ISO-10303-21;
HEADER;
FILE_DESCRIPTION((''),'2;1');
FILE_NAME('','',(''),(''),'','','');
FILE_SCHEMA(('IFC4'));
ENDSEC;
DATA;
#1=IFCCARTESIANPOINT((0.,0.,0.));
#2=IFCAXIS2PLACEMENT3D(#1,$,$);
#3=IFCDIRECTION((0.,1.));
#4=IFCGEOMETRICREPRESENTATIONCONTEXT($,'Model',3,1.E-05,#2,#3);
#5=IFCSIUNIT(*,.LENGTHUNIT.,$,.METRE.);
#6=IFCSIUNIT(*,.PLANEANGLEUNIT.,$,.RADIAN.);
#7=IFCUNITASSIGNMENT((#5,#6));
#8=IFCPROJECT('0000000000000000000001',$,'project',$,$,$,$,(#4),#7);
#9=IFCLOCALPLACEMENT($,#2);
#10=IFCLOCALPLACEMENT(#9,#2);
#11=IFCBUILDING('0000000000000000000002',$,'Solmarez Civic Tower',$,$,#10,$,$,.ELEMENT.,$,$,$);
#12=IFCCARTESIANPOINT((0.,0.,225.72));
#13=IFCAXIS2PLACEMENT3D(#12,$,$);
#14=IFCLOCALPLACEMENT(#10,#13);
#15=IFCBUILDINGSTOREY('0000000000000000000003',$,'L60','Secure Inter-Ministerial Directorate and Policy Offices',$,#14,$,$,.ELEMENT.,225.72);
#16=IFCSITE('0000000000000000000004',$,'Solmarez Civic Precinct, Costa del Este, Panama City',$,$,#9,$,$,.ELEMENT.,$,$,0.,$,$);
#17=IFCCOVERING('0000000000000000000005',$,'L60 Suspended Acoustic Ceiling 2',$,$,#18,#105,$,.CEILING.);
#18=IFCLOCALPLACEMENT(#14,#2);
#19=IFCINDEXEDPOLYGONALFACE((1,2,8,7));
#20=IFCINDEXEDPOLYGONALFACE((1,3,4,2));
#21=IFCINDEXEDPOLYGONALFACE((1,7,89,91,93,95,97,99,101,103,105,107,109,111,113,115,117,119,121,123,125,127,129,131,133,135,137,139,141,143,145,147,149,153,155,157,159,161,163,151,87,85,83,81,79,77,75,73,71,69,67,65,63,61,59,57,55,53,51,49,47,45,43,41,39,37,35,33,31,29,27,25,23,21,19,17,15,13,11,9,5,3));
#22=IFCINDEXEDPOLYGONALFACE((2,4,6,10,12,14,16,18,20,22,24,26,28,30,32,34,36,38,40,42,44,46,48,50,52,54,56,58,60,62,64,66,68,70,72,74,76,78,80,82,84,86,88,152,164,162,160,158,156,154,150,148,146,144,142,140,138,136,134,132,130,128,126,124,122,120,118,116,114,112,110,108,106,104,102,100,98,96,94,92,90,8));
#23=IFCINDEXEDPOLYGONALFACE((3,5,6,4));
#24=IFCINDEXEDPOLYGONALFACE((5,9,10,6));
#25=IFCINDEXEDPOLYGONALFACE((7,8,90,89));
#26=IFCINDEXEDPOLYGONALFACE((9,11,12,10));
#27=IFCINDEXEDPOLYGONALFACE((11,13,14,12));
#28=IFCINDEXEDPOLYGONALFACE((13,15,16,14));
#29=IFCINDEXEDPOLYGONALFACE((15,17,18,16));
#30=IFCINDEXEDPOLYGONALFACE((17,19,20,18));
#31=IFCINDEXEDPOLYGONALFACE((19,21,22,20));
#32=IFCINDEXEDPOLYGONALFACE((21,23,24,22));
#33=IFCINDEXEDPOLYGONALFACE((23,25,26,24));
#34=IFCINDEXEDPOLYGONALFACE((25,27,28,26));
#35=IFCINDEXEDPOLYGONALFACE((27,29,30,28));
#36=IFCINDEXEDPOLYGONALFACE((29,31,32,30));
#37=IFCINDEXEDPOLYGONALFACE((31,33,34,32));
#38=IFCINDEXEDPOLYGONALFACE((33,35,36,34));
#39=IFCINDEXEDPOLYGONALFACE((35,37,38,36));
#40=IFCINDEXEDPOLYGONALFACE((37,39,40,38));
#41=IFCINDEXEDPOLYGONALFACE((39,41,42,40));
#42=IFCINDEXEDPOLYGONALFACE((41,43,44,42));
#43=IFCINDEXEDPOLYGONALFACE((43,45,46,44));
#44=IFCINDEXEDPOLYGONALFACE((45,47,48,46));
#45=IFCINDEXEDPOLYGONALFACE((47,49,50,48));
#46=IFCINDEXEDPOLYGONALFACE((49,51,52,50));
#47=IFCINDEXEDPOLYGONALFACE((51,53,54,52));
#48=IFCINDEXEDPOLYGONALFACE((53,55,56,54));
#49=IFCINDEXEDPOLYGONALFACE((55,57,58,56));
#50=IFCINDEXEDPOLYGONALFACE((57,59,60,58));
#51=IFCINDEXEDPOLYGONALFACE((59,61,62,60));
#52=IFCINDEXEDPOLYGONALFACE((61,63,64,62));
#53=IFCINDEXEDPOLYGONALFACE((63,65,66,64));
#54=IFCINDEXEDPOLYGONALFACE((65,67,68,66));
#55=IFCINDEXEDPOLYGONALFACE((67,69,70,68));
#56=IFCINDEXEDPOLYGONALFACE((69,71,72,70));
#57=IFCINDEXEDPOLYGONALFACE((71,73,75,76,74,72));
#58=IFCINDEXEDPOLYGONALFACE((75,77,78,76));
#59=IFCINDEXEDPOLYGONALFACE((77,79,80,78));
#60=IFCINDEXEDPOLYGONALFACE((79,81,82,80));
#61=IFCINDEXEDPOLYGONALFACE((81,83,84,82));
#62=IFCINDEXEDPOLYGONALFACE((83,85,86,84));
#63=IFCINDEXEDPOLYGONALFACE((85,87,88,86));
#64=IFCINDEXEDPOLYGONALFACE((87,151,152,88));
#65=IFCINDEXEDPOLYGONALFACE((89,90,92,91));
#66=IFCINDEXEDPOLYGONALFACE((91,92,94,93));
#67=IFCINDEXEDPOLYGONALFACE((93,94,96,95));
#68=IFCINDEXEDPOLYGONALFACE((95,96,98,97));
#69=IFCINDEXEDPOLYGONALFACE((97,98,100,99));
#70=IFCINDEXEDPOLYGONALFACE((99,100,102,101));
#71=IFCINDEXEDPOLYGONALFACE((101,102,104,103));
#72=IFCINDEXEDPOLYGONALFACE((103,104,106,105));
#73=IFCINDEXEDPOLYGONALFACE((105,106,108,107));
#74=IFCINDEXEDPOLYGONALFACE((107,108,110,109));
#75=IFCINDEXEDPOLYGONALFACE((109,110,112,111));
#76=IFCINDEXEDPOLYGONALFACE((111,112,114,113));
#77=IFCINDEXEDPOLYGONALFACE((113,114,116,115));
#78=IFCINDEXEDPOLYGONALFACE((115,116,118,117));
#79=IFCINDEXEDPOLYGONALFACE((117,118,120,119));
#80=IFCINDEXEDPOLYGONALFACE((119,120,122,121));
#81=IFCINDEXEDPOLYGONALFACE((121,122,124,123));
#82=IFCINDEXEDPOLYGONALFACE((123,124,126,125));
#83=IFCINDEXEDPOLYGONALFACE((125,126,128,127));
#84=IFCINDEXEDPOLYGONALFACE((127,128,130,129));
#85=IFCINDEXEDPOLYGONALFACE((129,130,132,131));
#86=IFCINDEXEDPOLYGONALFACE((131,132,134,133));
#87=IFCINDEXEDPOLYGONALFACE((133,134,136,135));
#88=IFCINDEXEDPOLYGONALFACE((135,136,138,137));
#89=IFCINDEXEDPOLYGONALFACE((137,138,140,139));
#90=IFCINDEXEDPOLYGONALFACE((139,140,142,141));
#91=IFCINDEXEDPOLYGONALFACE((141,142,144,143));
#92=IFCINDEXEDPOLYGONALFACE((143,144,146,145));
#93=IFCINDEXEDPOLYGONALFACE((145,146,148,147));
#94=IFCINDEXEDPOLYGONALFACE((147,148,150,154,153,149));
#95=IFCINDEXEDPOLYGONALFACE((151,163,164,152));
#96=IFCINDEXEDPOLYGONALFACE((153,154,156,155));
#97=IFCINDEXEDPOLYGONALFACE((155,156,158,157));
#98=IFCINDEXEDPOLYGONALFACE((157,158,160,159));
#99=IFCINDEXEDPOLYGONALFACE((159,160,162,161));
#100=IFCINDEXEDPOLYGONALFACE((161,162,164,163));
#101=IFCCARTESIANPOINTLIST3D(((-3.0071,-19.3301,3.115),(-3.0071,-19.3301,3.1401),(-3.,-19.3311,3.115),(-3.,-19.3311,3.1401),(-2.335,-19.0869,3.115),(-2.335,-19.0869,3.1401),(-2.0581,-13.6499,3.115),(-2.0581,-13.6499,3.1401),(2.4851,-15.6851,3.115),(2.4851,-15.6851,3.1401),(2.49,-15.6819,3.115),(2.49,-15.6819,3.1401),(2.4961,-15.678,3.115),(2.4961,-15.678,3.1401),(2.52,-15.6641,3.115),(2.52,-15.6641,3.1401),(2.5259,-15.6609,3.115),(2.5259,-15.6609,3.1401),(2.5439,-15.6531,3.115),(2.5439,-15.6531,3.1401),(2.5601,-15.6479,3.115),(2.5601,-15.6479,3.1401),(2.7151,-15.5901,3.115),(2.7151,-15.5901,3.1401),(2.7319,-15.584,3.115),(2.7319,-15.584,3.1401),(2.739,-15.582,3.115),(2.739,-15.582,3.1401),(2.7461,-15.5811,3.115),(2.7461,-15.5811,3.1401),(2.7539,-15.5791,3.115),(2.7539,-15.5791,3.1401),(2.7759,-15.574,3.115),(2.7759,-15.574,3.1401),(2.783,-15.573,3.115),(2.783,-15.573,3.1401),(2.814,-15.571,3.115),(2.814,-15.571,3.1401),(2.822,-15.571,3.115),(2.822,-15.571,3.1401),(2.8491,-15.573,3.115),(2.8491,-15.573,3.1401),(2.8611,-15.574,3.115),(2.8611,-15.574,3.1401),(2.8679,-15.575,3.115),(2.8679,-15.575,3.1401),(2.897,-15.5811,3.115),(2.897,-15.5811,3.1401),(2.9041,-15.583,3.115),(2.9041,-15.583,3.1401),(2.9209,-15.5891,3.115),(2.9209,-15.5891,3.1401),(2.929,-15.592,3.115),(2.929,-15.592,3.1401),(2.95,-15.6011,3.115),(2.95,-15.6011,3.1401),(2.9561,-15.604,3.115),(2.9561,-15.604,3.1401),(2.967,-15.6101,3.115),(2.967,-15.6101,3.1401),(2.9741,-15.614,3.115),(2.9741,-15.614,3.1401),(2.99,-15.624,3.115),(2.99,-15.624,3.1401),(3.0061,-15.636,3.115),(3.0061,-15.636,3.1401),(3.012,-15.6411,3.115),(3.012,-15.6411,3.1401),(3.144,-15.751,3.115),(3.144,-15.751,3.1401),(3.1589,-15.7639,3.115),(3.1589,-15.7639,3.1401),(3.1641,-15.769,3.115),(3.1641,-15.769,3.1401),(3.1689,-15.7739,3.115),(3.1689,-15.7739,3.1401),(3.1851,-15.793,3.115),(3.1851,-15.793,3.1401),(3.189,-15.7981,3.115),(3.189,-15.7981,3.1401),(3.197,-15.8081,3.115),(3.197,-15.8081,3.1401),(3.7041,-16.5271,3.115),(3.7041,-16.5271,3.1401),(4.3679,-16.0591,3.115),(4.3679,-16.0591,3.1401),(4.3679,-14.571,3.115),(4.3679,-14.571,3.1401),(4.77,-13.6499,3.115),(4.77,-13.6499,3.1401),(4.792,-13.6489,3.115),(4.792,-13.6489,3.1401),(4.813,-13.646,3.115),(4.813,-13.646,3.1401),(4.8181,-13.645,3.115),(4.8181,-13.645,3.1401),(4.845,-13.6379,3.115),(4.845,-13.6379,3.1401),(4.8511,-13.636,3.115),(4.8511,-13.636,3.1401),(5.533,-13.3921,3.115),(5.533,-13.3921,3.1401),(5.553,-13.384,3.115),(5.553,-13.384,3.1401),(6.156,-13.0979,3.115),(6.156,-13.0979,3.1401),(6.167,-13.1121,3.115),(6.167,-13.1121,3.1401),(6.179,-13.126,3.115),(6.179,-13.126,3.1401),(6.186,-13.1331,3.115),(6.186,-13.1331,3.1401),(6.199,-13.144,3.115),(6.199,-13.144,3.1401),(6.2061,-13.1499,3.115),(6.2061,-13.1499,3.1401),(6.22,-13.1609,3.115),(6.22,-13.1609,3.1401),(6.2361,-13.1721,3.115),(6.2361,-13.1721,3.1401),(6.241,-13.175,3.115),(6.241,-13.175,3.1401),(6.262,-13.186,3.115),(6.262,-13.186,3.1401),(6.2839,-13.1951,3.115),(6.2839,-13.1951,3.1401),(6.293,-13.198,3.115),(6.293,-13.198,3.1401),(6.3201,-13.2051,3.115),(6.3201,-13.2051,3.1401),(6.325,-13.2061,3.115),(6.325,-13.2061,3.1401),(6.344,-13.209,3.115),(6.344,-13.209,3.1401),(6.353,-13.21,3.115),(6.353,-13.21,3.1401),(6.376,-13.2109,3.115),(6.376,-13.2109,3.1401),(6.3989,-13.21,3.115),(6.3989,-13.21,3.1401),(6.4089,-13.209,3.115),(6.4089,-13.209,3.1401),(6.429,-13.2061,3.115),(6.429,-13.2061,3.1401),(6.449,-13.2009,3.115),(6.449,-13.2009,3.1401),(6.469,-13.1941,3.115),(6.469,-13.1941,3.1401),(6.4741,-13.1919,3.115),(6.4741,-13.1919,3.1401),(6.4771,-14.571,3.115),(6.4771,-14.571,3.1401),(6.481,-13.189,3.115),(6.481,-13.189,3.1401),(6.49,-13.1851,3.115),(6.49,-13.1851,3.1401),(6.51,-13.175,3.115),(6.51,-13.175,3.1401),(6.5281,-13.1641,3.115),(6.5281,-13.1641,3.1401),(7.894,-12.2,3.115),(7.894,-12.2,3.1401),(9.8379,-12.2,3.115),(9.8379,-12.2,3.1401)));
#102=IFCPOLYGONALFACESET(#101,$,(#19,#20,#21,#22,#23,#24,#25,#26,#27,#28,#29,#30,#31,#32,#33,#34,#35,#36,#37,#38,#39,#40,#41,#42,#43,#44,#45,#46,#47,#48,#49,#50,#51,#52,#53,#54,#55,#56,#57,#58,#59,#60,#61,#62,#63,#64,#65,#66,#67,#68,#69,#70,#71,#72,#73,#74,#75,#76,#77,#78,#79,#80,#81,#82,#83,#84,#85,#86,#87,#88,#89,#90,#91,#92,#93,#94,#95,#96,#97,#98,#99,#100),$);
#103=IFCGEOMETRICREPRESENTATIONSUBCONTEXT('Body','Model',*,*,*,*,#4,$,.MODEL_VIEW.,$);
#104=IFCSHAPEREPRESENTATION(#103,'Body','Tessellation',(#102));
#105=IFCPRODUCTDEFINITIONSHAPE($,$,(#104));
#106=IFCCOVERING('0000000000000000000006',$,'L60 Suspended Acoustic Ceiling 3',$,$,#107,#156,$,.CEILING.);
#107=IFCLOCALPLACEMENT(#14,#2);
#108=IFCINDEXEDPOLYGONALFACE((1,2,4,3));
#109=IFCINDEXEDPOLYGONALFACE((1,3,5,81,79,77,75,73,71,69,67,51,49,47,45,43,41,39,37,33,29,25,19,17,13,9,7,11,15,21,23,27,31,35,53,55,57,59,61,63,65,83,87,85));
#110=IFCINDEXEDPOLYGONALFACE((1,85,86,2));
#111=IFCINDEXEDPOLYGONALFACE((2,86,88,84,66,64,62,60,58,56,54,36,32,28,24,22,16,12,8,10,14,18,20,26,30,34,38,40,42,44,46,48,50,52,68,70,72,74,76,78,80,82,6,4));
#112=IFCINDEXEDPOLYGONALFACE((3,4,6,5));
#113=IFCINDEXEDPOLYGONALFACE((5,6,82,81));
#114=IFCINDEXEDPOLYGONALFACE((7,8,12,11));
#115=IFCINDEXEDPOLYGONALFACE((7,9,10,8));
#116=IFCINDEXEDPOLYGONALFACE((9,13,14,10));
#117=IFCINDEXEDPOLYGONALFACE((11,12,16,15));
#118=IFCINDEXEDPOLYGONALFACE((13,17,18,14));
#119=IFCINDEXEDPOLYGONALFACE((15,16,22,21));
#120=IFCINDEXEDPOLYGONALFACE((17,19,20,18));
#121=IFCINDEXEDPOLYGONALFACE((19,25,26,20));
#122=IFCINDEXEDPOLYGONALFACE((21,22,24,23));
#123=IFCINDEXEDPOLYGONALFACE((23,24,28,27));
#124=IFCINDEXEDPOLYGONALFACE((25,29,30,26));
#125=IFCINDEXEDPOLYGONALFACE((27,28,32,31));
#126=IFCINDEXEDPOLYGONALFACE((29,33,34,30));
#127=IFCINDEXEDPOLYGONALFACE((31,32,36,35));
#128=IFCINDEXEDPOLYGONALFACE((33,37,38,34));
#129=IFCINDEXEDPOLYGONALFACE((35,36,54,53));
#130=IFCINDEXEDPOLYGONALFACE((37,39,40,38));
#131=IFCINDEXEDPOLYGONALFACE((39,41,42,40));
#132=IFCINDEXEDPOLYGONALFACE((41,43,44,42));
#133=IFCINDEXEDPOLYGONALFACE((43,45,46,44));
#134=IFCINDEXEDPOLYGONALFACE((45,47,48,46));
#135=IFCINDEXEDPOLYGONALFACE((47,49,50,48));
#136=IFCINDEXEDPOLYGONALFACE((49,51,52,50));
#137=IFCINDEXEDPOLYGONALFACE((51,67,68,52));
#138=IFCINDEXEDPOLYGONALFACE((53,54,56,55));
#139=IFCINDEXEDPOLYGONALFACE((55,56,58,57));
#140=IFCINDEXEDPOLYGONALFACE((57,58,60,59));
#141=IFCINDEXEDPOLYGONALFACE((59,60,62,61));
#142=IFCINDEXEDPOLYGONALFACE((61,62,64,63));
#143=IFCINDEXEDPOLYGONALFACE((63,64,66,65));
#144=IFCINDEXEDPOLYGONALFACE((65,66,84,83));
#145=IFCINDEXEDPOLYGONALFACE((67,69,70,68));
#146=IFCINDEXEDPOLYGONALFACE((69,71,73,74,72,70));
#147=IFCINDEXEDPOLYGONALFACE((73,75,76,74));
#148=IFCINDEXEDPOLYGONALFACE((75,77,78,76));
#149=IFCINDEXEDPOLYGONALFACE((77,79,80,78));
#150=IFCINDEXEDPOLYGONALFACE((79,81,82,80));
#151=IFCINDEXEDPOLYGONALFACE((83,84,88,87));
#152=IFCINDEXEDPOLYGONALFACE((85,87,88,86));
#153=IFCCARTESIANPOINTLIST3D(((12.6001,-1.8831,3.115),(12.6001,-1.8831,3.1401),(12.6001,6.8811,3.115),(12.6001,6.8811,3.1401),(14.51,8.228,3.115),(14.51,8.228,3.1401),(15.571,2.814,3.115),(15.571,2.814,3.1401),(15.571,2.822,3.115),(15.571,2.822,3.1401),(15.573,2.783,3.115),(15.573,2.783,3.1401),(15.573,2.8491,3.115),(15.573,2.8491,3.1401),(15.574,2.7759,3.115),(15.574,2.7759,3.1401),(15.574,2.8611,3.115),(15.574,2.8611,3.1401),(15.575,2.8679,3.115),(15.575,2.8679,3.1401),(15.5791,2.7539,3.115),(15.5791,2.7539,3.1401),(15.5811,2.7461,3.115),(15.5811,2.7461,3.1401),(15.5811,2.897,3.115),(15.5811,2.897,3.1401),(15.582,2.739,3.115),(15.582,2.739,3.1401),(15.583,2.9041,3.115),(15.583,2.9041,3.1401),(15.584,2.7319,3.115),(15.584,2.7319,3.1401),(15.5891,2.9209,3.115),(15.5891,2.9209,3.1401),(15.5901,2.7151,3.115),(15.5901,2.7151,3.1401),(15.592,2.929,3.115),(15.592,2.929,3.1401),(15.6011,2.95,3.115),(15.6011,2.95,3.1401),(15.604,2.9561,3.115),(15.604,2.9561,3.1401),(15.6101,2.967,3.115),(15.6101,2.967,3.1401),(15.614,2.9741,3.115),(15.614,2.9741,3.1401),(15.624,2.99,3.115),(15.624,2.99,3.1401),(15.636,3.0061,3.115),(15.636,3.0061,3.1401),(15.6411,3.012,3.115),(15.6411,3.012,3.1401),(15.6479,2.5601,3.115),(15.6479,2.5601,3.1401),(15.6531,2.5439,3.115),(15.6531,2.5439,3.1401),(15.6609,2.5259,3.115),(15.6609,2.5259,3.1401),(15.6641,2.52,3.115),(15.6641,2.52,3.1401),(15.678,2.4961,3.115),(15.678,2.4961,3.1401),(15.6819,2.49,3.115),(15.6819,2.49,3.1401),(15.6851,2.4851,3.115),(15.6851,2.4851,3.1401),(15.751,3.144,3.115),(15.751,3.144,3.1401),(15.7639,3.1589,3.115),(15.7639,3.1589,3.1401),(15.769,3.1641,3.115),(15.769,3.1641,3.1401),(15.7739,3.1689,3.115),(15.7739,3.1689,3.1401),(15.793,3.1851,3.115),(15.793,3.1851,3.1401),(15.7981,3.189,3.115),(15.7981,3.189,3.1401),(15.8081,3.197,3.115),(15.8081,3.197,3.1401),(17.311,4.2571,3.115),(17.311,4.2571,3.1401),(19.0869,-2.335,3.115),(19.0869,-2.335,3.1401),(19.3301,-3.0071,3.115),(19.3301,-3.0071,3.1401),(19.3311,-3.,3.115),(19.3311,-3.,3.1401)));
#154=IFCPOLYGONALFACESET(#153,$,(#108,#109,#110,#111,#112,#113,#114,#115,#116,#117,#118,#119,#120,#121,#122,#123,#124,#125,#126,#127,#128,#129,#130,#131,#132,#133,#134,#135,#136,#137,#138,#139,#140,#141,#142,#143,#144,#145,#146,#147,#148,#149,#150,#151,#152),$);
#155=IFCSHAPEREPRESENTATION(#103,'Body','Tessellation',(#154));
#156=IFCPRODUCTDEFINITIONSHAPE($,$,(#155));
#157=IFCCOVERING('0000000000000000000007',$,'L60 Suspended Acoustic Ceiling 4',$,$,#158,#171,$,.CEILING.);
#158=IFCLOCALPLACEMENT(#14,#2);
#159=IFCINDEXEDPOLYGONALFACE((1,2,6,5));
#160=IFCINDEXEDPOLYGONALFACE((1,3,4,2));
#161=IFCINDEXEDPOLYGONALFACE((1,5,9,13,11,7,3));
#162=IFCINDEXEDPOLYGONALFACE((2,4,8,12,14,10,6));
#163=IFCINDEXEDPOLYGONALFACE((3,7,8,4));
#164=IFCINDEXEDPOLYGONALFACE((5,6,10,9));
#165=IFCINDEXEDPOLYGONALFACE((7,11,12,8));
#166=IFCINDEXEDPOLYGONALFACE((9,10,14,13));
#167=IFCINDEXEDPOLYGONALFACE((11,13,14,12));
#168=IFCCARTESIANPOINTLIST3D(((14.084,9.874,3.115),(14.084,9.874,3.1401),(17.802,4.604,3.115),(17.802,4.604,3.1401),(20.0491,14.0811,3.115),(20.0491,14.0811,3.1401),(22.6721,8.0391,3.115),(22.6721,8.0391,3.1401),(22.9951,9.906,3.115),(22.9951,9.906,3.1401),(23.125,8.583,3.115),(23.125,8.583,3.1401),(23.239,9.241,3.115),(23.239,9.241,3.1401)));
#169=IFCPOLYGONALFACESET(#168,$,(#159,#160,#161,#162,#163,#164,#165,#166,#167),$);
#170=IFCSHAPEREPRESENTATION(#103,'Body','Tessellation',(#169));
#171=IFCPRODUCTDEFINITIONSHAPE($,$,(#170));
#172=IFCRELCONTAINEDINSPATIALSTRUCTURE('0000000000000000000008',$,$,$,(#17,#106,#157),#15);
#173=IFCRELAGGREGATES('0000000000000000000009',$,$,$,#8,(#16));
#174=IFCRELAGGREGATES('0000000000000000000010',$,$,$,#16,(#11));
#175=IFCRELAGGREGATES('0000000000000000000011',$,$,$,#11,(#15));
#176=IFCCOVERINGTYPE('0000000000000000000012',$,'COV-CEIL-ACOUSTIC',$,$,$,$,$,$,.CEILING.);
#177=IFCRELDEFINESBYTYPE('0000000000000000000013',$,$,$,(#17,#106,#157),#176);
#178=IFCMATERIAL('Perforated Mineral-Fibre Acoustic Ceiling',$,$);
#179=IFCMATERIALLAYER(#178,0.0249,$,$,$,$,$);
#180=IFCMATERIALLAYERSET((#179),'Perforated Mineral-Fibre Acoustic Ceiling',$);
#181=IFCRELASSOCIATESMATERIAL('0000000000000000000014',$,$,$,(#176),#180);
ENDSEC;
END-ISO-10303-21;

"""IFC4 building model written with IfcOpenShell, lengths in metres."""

from ifc_helpers import new_model, si_unit, direction, frame, origin, place, context, subcontext, project, spatial, polyline, outline, extrude, material, layer, layer_set, type_object, element, save


model = new_model("IFC4")

# Units and contexts
model_context = context("Model", 3, precision=1e-05, world=origin(), true_north=direction((0.0, 1.0)))
body_context = subcontext(model_context, "Body", "Model", "MODEL_VIEW")
ifc_project = project(units=[si_unit("LENGTHUNIT", "METRE"), si_unit("PLANEANGLEUNIT", "RADIAN")], contexts=[model_context])

# Site, building, storey
site_placement = place(None, origin())
site = spatial("IfcSite", under=ifc_project, at=site_placement, Name="Solmarez Civic Precinct, Costa del Este, Panama City", CompositionType="ELEMENT", RefElevation=0.0)
building_placement = place(site_placement, origin())
building = spatial("IfcBuilding", under=site, at=building_placement, Name="Solmarez Civic Tower", CompositionType="ELEMENT")
storey_placement = place(building_placement, frame((0.0, 0.0, 225.72)))
storey = spatial("IfcBuildingStorey", under=building, at=storey_placement, Name="L60", Description="Secure Inter-Ministerial Directorate and Policy Offices", CompositionType="ELEMENT", Elevation=225.72)

# Coverings
ifc_material_1 = material(Name="Perforated Mineral-Fibre Acoustic Ceiling")
ifc_layer_1 = layer(ifc_material_1, 0.0249)
ifc_layer_set_1 = layer_set([ifc_layer_1], Name="Perforated Mineral-Fibre Acoustic Ceiling")
covering_type_1 = type_object("IfcCoveringType", Name="COV-CEIL-ACOUSTIC", PredefinedType="CEILING", material=ifc_layer_set_1)
covering_1_placement = place(storey_placement, frame((0.0, 0.0, 3.115)))
element("IfcCovering", 1, at=covering_1_placement, inside=storey, type_object=covering_type_1, Name="L60 Suspended Acoustic Ceiling 2", PredefinedType="CEILING", context=body_context, shape_type="SweptSolid", body=[
    extrude(outline(polyline([(2.5601, -15.6479), (2.7151, -15.5901), (2.7319, -15.584), (2.739, -15.582), (2.7461, -15.5811), (2.7539, -15.5791), (2.7759, -15.574), (2.783, -15.573), (2.814, -15.571), (2.822, -15.571), (2.8491, -15.573), (2.8611, -15.574), (2.8679, -15.575), (2.897, -15.5811), (2.9041, -15.583), (2.9209, -15.5891), (2.929, -15.592), (2.95, -15.6011), (2.9561, -15.604), (2.967, -15.6101), (2.9741, -15.614), (2.99, -15.624), (3.0061, -15.636), (3.012, -15.6411), (3.144, -15.751), (3.1589, -15.7639), (3.1641, -15.769), (3.1689, -15.7739), (3.1851, -15.793), (3.189, -15.7981), (3.197, -15.8081), (3.7041, -16.5271), (4.3679, -16.0591), (4.3679, -14.571), (6.4771, -14.571), (9.8379, -12.2), (7.894, -12.2), (6.5281, -13.1641), (6.51, -13.175), (6.49, -13.1851), (6.481, -13.189), (6.4741, -13.1919), (6.469, -13.1941), (6.449, -13.2009), (6.429, -13.2061), (6.4089, -13.209), (6.3989, -13.21), (6.376, -13.2109), (6.353, -13.21), (6.344, -13.209), (6.325, -13.2061), (6.3201, -13.2051), (6.293, -13.198), (6.2839, -13.1951), (6.262, -13.186), (6.241, -13.175), (6.2361, -13.1721), (6.22, -13.1609), (6.2061, -13.1499), (6.199, -13.144), (6.186, -13.1331), (6.179, -13.126), (6.167, -13.1121), (6.156, -13.0979), (5.553, -13.384), (5.533, -13.3921), (4.8511, -13.636), (4.845, -13.6379), (4.8181, -13.645), (4.813, -13.646), (4.792, -13.6489), (4.77, -13.6499), (-2.0581, -13.6499), (-3.0071, -19.3301), (-3.0, -19.3311), (-2.335, -19.0869), (2.4851, -15.6851), (2.49, -15.6819), (2.4961, -15.678), (2.52, -15.6641), (2.5259, -15.6609), (2.5439, -15.6531), (2.5601, -15.6479)])), origin(), (0.0, 0.0, 1.0), 0.0251),
])
covering_2_placement = place(storey_placement, frame((0.0, 0.0, 3.115)))
element("IfcCovering", 2, at=covering_2_placement, inside=storey, type_object=covering_type_1, Name="L60 Suspended Acoustic Ceiling 3", PredefinedType="CEILING", context=body_context, shape_type="SweptSolid", body=[
    extrude(outline(polyline([(12.6001, 6.8811), (12.6001, -1.8831), (19.3301, -3.0071), (19.3311, -3.0), (19.0869, -2.335), (15.6851, 2.4851), (15.6819, 2.49), (15.678, 2.4961), (15.6641, 2.52), (15.6609, 2.5259), (15.6531, 2.5439), (15.6479, 2.5601), (15.5901, 2.7151), (15.584, 2.7319), (15.582, 2.739), (15.5811, 2.7461), (15.5791, 2.7539), (15.574, 2.7759), (15.573, 2.783), (15.571, 2.814), (15.571, 2.822), (15.573, 2.8491), (15.574, 2.8611), (15.575, 2.8679), (15.5811, 2.897), (15.583, 2.9041), (15.5891, 2.9209), (15.592, 2.929), (15.6011, 2.95), (15.604, 2.9561), (15.6101, 2.967), (15.614, 2.9741), (15.624, 2.99), (15.636, 3.0061), (15.6411, 3.012), (15.751, 3.144), (15.7639, 3.1589), (15.769, 3.1641), (15.7739, 3.1689), (15.793, 3.1851), (15.7981, 3.189), (15.8081, 3.197), (17.311, 4.2571), (14.51, 8.228), (12.6001, 6.8811)])), origin(), (0.0, 0.0, 1.0), 0.0251),
])
covering_3_placement = place(storey_placement, frame((0.0, 0.0, 3.115)))
element("IfcCovering", 3, at=covering_3_placement, inside=storey, type_object=covering_type_1, Name="L60 Suspended Acoustic Ceiling 4", PredefinedType="CEILING", context=body_context, shape_type="SweptSolid", body=[
    extrude(outline(polyline([(17.802, 4.604), (22.6721, 8.0391), (23.125, 8.583), (23.239, 9.241), (22.9951, 9.906), (20.0491, 14.0811), (14.084, 9.874), (17.802, 4.604)])), origin(), (0.0, 0.0, 1.0), 0.0251),
])

save(model, "model.ifc")
